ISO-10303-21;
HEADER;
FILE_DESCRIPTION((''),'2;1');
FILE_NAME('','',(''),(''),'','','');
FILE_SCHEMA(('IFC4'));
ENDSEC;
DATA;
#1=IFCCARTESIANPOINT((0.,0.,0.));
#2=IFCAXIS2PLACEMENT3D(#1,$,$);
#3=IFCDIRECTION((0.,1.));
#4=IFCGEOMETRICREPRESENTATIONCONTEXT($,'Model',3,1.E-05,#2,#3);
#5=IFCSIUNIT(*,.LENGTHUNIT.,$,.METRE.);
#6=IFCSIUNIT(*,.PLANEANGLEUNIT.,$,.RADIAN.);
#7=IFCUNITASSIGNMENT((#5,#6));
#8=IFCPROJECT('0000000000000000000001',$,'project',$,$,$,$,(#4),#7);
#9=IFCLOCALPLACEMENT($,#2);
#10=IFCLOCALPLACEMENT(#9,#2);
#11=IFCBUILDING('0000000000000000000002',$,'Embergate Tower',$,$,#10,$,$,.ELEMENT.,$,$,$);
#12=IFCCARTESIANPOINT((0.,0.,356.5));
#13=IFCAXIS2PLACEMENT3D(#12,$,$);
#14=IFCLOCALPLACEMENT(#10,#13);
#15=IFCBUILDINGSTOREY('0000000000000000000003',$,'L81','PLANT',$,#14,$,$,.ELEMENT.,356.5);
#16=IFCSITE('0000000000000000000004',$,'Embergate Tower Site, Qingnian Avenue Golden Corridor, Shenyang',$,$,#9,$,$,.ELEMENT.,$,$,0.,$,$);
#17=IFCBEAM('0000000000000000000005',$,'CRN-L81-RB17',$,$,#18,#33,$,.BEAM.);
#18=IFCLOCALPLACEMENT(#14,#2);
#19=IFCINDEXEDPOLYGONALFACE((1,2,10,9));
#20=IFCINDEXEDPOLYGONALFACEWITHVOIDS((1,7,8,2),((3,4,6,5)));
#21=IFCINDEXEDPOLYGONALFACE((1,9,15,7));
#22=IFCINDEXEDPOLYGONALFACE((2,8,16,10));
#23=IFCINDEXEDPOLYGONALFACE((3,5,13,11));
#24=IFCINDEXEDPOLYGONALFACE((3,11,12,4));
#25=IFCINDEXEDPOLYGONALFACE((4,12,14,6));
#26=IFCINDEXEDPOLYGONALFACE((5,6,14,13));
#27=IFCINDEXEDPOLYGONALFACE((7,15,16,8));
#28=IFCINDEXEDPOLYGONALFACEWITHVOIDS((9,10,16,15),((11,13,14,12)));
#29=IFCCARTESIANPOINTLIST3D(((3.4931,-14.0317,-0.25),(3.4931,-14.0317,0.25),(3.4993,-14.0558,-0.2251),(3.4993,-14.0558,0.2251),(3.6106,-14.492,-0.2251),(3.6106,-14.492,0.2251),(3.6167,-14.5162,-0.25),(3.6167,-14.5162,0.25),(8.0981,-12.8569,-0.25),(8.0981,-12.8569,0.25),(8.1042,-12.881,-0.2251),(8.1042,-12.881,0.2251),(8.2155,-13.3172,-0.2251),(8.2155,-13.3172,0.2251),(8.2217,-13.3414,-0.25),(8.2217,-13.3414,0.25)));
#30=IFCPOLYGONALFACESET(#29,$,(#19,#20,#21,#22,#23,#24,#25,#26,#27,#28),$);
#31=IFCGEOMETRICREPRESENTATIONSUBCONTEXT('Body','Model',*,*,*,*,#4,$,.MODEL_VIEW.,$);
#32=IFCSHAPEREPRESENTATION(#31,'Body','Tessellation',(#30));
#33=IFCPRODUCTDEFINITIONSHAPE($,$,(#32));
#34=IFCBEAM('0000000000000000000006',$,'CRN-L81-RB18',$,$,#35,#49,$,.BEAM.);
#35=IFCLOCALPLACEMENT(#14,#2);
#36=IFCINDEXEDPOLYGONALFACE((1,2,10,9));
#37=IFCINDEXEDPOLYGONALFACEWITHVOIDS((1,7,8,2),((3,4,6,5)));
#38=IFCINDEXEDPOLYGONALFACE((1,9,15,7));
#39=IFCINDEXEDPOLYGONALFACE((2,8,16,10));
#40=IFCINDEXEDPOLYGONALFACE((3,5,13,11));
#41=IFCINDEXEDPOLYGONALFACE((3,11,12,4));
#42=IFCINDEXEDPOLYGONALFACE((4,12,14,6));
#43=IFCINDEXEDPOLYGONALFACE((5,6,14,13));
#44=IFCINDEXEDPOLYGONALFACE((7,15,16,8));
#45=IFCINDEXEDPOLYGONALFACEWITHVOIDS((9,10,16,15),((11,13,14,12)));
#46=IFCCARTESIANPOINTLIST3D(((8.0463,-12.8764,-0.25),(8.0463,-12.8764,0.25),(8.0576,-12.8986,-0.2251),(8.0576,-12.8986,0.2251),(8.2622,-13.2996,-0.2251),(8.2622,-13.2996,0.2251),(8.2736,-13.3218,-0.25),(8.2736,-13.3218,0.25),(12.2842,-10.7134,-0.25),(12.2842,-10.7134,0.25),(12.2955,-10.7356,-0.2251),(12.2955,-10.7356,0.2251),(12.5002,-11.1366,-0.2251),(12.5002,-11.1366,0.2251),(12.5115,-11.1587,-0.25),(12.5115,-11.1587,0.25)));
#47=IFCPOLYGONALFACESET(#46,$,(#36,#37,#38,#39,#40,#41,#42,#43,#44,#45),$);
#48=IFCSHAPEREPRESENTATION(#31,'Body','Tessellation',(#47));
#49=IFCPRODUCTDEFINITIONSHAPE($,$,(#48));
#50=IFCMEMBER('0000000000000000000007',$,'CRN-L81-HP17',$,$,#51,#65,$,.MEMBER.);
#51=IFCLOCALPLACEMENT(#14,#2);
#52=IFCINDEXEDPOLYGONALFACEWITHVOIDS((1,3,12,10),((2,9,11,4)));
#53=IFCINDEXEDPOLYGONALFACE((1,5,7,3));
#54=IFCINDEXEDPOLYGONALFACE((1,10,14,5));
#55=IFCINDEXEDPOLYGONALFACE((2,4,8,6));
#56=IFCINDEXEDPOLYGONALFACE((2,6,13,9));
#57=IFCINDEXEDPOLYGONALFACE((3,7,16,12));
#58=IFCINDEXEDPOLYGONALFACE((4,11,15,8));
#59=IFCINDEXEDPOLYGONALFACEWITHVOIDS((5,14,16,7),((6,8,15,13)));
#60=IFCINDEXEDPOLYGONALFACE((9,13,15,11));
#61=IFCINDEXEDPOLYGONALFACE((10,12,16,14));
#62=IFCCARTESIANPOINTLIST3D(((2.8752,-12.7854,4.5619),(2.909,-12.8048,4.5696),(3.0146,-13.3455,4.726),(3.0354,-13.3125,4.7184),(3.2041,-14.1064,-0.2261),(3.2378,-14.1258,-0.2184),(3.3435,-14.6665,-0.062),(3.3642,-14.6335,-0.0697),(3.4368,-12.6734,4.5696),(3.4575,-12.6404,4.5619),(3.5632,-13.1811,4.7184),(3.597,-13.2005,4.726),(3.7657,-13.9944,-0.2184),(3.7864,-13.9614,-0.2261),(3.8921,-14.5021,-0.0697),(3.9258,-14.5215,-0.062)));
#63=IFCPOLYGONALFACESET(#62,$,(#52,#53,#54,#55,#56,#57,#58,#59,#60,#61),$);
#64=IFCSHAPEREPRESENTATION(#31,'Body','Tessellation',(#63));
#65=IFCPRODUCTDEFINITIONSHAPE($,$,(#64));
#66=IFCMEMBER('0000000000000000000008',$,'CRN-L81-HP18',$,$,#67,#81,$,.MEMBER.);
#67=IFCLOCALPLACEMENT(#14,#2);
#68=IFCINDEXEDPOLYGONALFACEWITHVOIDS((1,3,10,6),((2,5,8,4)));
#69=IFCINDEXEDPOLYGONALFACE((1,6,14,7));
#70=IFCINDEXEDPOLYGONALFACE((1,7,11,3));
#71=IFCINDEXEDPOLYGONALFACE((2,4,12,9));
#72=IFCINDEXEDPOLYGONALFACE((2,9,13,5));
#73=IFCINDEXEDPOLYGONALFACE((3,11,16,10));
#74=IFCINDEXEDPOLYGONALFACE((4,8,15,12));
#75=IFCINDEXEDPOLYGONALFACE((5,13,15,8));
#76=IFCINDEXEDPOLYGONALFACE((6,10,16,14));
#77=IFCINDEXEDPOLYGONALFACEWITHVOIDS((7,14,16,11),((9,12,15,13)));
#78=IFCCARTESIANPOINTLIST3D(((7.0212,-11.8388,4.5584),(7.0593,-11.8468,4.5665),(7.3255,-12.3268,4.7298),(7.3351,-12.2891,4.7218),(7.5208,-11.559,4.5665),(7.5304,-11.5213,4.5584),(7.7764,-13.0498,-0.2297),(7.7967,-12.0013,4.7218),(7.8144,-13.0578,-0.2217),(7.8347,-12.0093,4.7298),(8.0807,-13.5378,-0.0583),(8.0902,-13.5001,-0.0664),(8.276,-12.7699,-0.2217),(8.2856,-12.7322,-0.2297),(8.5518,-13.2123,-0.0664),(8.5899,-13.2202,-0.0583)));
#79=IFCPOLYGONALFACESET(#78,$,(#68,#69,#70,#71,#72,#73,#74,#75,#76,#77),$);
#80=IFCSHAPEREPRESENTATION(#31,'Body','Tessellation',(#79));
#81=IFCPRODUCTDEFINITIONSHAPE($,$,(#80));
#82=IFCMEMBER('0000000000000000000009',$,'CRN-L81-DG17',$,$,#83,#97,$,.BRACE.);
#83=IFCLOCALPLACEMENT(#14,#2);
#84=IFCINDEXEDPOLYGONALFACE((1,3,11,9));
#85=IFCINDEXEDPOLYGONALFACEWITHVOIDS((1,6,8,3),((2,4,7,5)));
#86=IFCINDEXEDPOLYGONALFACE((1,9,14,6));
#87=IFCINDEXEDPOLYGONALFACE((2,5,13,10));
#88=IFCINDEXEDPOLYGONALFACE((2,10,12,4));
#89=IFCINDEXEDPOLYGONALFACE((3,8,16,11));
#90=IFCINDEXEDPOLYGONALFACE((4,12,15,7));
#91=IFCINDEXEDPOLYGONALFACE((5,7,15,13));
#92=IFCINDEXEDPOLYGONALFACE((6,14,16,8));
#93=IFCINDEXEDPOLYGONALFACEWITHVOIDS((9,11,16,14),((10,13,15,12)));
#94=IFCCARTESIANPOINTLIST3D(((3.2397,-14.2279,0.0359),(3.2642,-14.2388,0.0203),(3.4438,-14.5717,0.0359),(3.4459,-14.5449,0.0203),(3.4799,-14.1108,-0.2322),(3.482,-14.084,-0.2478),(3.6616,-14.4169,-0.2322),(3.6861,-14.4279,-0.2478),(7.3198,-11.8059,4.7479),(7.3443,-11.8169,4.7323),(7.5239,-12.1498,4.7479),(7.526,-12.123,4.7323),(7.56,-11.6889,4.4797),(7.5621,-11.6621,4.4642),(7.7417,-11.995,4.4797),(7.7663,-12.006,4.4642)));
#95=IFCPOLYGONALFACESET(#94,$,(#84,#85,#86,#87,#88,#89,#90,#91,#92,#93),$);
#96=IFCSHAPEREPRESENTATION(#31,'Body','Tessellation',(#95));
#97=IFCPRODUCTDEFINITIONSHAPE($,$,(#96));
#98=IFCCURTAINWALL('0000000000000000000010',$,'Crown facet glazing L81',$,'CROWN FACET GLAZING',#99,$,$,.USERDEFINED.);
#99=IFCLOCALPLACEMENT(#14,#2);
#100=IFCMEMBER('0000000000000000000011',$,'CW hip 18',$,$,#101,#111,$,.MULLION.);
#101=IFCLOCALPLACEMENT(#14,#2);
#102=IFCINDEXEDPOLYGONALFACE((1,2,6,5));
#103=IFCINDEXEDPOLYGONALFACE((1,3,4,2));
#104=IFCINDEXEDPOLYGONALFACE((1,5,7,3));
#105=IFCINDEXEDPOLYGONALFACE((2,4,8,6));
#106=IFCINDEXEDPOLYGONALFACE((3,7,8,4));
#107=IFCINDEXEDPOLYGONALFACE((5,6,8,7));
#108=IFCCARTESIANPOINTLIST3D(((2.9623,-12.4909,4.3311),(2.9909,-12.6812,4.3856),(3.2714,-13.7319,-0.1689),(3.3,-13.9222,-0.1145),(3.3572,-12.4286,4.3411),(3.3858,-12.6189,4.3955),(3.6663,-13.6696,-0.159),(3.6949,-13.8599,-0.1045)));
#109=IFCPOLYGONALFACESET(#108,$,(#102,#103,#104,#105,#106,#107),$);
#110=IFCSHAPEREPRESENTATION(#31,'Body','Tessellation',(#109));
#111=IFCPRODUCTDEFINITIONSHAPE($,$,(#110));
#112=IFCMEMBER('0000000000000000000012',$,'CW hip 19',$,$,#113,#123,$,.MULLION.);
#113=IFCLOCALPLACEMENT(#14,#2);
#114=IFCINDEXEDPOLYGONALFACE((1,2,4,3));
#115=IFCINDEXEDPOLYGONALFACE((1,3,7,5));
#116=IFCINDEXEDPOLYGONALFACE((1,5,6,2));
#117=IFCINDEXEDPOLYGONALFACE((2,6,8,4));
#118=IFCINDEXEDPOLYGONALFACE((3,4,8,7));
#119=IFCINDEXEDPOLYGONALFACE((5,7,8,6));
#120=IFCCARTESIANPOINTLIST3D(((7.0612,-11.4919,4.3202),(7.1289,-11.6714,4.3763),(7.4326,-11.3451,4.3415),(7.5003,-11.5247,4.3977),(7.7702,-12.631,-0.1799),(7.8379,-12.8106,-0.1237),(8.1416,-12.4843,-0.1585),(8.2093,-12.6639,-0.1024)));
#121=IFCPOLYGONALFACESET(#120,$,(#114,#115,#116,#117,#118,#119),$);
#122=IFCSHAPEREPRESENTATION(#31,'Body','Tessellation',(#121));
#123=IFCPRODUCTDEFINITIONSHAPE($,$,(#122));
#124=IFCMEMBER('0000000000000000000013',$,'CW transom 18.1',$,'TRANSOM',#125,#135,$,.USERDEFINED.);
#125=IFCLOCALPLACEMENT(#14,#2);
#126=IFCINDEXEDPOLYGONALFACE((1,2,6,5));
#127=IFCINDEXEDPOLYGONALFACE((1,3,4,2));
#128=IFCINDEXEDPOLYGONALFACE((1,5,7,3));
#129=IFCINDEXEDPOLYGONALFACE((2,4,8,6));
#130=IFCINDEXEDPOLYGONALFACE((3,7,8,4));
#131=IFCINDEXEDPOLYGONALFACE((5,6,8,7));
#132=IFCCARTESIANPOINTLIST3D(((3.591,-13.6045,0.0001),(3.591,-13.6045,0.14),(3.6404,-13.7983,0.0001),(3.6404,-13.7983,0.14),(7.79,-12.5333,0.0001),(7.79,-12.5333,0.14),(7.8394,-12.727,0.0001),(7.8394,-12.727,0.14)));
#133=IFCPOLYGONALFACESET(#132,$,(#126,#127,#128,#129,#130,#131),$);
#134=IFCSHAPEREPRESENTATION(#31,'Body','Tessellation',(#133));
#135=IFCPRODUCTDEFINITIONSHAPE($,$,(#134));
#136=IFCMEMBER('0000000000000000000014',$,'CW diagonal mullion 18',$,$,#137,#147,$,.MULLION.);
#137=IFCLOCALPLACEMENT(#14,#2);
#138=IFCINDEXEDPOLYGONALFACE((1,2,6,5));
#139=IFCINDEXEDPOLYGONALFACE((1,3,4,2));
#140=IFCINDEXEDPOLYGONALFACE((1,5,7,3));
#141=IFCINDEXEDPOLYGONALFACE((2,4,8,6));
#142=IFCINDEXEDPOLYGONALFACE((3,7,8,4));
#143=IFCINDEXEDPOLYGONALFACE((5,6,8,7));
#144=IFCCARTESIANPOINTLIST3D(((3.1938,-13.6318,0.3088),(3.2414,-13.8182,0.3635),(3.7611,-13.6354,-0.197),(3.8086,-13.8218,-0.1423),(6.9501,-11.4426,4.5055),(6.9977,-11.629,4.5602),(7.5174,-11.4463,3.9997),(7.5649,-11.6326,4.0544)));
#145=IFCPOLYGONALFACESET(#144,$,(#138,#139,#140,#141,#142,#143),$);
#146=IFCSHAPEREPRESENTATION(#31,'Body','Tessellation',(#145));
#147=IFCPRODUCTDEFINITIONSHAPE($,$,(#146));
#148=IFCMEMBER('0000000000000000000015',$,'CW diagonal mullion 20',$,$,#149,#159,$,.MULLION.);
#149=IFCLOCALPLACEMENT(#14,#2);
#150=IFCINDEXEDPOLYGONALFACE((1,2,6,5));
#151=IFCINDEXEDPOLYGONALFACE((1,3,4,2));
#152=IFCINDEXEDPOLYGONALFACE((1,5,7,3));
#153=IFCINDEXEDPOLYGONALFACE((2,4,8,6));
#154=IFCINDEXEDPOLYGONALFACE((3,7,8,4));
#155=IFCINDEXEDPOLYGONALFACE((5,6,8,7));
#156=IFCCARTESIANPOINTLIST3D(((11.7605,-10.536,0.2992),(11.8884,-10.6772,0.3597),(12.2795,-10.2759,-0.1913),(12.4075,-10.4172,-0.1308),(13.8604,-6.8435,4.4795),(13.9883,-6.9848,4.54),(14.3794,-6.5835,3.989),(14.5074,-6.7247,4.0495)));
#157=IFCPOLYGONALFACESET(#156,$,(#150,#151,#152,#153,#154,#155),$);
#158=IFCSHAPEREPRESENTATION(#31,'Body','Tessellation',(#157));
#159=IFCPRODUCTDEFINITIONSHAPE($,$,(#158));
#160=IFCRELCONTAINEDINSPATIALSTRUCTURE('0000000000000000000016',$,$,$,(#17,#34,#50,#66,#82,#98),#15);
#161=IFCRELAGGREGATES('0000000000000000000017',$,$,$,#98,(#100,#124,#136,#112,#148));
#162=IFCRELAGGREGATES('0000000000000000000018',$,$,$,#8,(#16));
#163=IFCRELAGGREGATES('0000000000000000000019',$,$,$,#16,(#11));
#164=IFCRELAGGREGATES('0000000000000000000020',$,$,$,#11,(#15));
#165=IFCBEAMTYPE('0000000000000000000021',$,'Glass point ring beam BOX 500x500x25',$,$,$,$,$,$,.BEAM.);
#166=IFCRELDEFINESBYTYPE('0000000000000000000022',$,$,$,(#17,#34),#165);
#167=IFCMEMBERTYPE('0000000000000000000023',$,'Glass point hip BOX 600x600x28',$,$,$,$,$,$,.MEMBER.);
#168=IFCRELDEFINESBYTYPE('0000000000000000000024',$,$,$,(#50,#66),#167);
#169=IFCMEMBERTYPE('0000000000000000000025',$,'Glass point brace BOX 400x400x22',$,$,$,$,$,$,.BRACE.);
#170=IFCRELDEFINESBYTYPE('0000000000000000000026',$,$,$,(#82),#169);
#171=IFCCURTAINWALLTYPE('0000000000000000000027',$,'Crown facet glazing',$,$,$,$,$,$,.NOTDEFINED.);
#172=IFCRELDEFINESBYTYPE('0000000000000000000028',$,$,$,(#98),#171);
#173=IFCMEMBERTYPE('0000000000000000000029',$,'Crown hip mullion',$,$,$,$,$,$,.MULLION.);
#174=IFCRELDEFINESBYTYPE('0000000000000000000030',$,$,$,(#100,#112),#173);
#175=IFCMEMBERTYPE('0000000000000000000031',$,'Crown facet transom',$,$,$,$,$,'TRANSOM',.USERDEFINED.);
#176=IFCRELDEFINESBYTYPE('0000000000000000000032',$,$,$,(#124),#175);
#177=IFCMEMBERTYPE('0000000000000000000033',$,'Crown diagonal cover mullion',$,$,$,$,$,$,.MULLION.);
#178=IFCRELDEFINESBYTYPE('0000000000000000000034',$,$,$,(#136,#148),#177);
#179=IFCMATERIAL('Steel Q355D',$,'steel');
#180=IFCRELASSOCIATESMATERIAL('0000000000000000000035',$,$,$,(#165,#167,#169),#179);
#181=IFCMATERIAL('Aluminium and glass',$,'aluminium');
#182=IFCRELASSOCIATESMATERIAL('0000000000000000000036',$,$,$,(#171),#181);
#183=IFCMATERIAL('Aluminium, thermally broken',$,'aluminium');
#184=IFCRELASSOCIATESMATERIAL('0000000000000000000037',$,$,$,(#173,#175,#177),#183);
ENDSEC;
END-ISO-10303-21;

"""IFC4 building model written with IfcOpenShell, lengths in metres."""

from ifc_helpers import new_model, si_unit, direction, frame, origin, origin_2d, place, context, subcontext, project, spatial, rectangle, hollow_rectangle, extrude, source, transform, mapped, material, material_profile, profile_set, type_object, element, aggregate, save


model = new_model("IFC4")

# Units and contexts
model_context = context("Model", 3, precision=1e-05, world=origin(), true_north=direction((0.0, 1.0)))
body_context = subcontext(model_context, "Body", "Model", "MODEL_VIEW")
ifc_project = project(units=[si_unit("LENGTHUNIT", "METRE"), si_unit("PLANEANGLEUNIT", "RADIAN")], contexts=[model_context])

# Site, building, storey
site_placement = place(None, origin())
site = spatial("IfcSite", under=ifc_project, at=site_placement, Name="Embergate Tower Site, Qingnian Avenue Golden Corridor, Shenyang", CompositionType="ELEMENT", RefElevation=0.0)
building_placement = place(site_placement, origin())
building = spatial("IfcBuilding", under=site, at=building_placement, Name="Embergate Tower", CompositionType="ELEMENT")
storey_placement = place(building_placement, frame((0.0, 0.0, 356.5)))
storey = spatial("IfcBuildingStorey", under=building, at=storey_placement, Name="L81", Description="PLANT", CompositionType="ELEMENT", Elevation=356.5)

# Beams
ifc_material_1 = material(Name="Steel Q355D", Category="steel")
ifc_material_profile_1 = material_profile(ifc_material_1, hollow_rectangle(XDim=0.5, YDim=0.5, WallThickness=0.0249, at=origin_2d()), Name="BOX 500x500x25")
ifc_profile_set_1 = profile_set([ifc_material_profile_1], Name="Steel Q355 grade D")
beam_type = type_object("IfcBeamType", Name="Glass point ring beam BOX 500x500x25", PredefinedType="BEAM", material=ifc_profile_set_1)
shared_shape_1 = source(origin(), body_context, "Body", "SweptSolid", [
    extrude(hollow_rectangle(XDim=0.5, YDim=0.5, WallThickness=0.0249, at=origin_2d()), origin(), (0.0, 0.0, 1.0), 4.7524),
])
beam_1_placement = place(storey_placement, frame((3.5549, -14.2739, 0.0), z_axis=(0.968965, 0.247199, 0.0), x_axis=(-0.247199, 0.968965, 0.0)))
element("IfcBeam", 1, at=beam_1_placement, inside=storey, type_object=beam_type, Name="CRN-L81-RB17", PredefinedType="BEAM", context=body_context, shape_type="MappedRepresentation", body=[
    mapped(shared_shape_1, transform((0.0, 0.0, 0.0))),
])
shared_shape_2 = source(origin(), body_context, "Body", "SweptSolid", [
    extrude(hollow_rectangle(XDim=0.5, YDim=0.5, WallThickness=0.0249, at=origin_2d()), origin(), (0.0, 0.0, 1.0), 4.7581),
])
beam_2_placement = place(storey_placement, frame((8.1599, -13.0991, 0.0), z_axis=(0.890692, 0.454607, 0.0), x_axis=(-0.454607, 0.890692, 0.0)))
element("IfcBeam", 2, at=beam_2_placement, inside=storey, type_object=beam_type, Name="CRN-L81-RB18", PredefinedType="BEAM", context=body_context, shape_type="MappedRepresentation", body=[
    mapped(shared_shape_2, transform((0.0, 0.0, 0.0))),
])

# Members
ifc_material_profile_2 = material_profile(ifc_material_1, hollow_rectangle(XDim=0.6001, YDim=0.6001, WallThickness=0.0281, at=origin_2d()), Name="BOX 600x600x28")
ifc_profile_set_2 = profile_set([ifc_material_profile_2], Name="Steel Q355 grade D")
member_type_1 = type_object("IfcMemberType", Name="Glass point hip BOX 600x600x28", PredefinedType="MEMBER", material=ifc_profile_set_2)
shared_shape_3 = source(origin(), body_context, "Body", "SweptSolid", [
    extrude(hollow_rectangle(XDim=0.6001, YDim=0.6001, WallThickness=0.0281, at=origin_2d()), origin(), (0.0, 0.0, 1.0), 4.9778),
])
member_1_placement = place(storey_placement, frame((3.5649, -14.314, -0.144), z_axis=(-0.066064, 0.265384, 0.961877), x_axis=(-0.970385, -0.241565, 0.0)))
element("IfcMember", 3, at=member_1_placement, inside=storey, type_object=member_type_1, Name="CRN-L81-HP17", PredefinedType="MEMBER", context=body_context, shape_type="MappedRepresentation", body=[
    mapped(shared_shape_3, transform((0.0, 0.0, 0.0))),
])
shared_shape_4 = source(origin(), body_context, "Body", "SweptSolid", [
    extrude(hollow_rectangle(XDim=0.6001, YDim=0.6001, WallThickness=0.0281, at=origin_2d()), origin(), (0.0, 0.0, 1.0), 4.9963),
])
member_2_placement = place(storey_placement, frame((8.1831, -13.135, -0.144), z_axis=(-0.151139, 0.24237, 0.958339), x_axis=(-0.848536, -0.529138, 0.0)))
element("IfcMember", 4, at=member_2_placement, inside=storey, type_object=member_type_1, Name="CRN-L81-HP18", PredefinedType="MEMBER", context=body_context, shape_type="MappedRepresentation", body=[
    mapped(shared_shape_4, transform((0.0, 0.0, 0.0))),
])
ifc_material_profile_3 = material_profile(ifc_material_1, hollow_rectangle(XDim=0.3999, YDim=0.3999, WallThickness=0.022, at=origin_2d()), Name="BOX 400x400x22")
ifc_profile_set_3 = profile_set([ifc_material_profile_3], Name="Steel Q355 grade D")
member_type_2 = type_object("IfcMemberType", Name="Glass point brace BOX 400x400x22", PredefinedType="BRACE", material=ifc_profile_set_3)
shared_shape_5 = source(origin(), body_context, "Body", "SweptSolid", [
    extrude(hollow_rectangle(XDim=0.3999, YDim=0.3999, WallThickness=0.022, at=origin_2d()), origin(), (0.0, 0.0, 1.0), 6.687),
])
member_3_placement = place(storey_placement, frame((3.4629, -14.3279, -0.106), z_axis=(0.61016, 0.362182, 0.704648), x_axis=(-0.510434, 0.859917, 0.0)))
element("IfcMember", 5, at=member_3_placement, inside=storey, type_object=member_type_2, Name="CRN-L81-DG17", PredefinedType="BRACE", context=body_context, shape_type="MappedRepresentation", body=[
    mapped(shared_shape_5, transform((0.0, 0.0, 0.0))),
])

# Curtain wall, members
ifc_material_2 = material(Name="Aluminium and glass", Category="aluminium")
curtain_wall_type = type_object("IfcCurtainWallType", Name="Crown facet glazing", PredefinedType="NOTDEFINED", material=ifc_material_2)
curtain_wall_placement = place(storey_placement, origin())
curtain_wall = element("IfcCurtainWall", 6, at=curtain_wall_placement, inside=storey, type_object=curtain_wall_type, Name="Crown facet glazing L81", ObjectType="CROWN FACET GLAZING", PredefinedType="USERDEFINED")
ifc_material_3 = material(Name="Aluminium, thermally broken", Category="aluminium")
ifc_material_profile_4 = material_profile(ifc_material_3, rectangle(XDim=0.2, YDim=0.3999, at=origin_2d()), Name="AL 400x200")
ifc_profile_set_4 = profile_set([ifc_material_profile_4], Name="Aluminium, thermally broken")
member_type_3 = type_object("IfcMemberType", Name="Crown hip mullion", PredefinedType="MULLION", material=ifc_profile_set_4)
shared_shape_6 = source(origin(), body_context, "Body", "SweptSolid", [
    extrude(rectangle(XDim=0.2, YDim=0.3999, at=origin_2d()), origin(), (0.0, 0.0, 1.0), 4.6782),
])
member_4_placement = place(storey_placement, frame((3.4832, -13.7959, -0.1367), z_axis=(-0.066069, 0.265266, 0.961909), x_axis=(0.143269, -0.951505, 0.272237)))
member_4 = element("IfcMember", 7, at=member_4_placement, type_object=member_type_3, Name="CW hip 18", PredefinedType="MULLION", context=body_context, shape_type="MappedRepresentation", body=[
    mapped(shared_shape_6, transform((0.0, 0.0, 0.0))),
])
shared_shape_7 = source(origin(), body_context, "Body", "SweptSolid", [
    extrude(rectangle(XDim=0.2, YDim=0.3999, at=origin_2d()), origin(), (0.0, 0.0, 1.0), 4.6958),
])
member_5_placement = place(storey_placement, frame((7.9897, -12.6475, -0.1411), z_axis=(-0.150983, 0.242592, 0.958307), x_axis=(0.338655, -0.898065, 0.280698)))
member_5 = element("IfcMember", 8, at=member_5_placement, type_object=member_type_3, Name="CW hip 19", PredefinedType="MULLION", context=body_context, shape_type="MappedRepresentation", body=[
    mapped(shared_shape_7, transform((0.0, 0.0, 0.0))),
])
ifc_material_profile_5 = material_profile(ifc_material_3, rectangle(XDim=0.2, YDim=0.1399, at=origin_2d()), Name="AL 140x200")
ifc_profile_set_5 = profile_set([ifc_material_profile_5], Name="Aluminium, thermally broken")
member_type_4 = type_object("IfcMemberType", Name="Crown facet transom", ElementType="TRANSOM", PredefinedType="USERDEFINED", material=ifc_profile_set_5)
shared_shape_8 = source(origin(), body_context, "Body", "SweptSolid", [
    extrude(rectangle(XDim=0.2, YDim=0.1399, at=origin_2d()), origin(), (0.0, 0.0, 1.0), 4.3335),
])
member_6_placement = place(storey_placement, frame((3.6157, -13.7014, 0.0701), z_axis=(0.968961, 0.247212, 0.0), x_axis=(-0.247212, 0.968961, 0.0)))
member_6 = element("IfcMember", 9, at=member_6_placement, type_object=member_type_4, Name="CW transom 18.1", ObjectType="TRANSOM", PredefinedType="USERDEFINED", context=body_context, shape_type="MappedRepresentation", body=[
    mapped(shared_shape_8, transform((0.0, 0.0, 0.0))),
])
ifc_material_profile_6 = material_profile(ifc_material_3, rectangle(XDim=0.2, YDim=0.76, at=origin_2d()), Name="AL 760x200")
ifc_profile_set_6 = profile_set([ifc_material_profile_6], Name="Aluminium, thermally broken")
member_type_5 = type_object("IfcMemberType", Name="Crown diagonal cover mullion", PredefinedType="MULLION", material=ifc_profile_set_6)
shared_shape_9 = source(origin(), body_context, "Body", "SweptSolid", [
    extrude(rectangle(XDim=0.2, YDim=0.76, at=origin_2d()), origin(), (0.0, 0.0, 1.0), 6.0427),
])
member_7_placement = place(storey_placement, frame((3.5012, -13.7268, 0.0833), z_axis=(0.621621, 0.362282, 0.694506), x_axis=(0.23778, -0.932056, 0.273372)))
member_7 = element("IfcMember", 10, at=member_7_placement, type_object=member_type_5, Name="CW diagonal mullion 18", PredefinedType="MULLION", context=body_context, shape_type="MappedRepresentation", body=[
    mapped(shared_shape_9, transform((0.0, 0.0, 0.0))),
])
shared_shape_10 = source(origin(), body_context, "Body", "SweptSolid", [
    extrude(rectangle(XDim=0.2, YDim=0.76, at=origin_2d()), origin(), (0.0, 0.0, 1.0), 5.9597),
])
member_8_placement = place(storey_placement, frame((12.084, -10.4766, 0.0842), z_axis=(0.352348, 0.619568, 0.701418), x_axis=(0.639842, -0.706432, 0.302581)))
member_8 = element("IfcMember", 11, at=member_8_placement, type_object=member_type_5, Name="CW diagonal mullion 20", PredefinedType="MULLION", context=body_context, shape_type="MappedRepresentation", body=[
    mapped(shared_shape_10, transform((0.0, 0.0, 0.0))),
])
aggregate(curtain_wall, [member_4, member_6, member_7, member_5, member_8])

save(model, "model.ifc")
